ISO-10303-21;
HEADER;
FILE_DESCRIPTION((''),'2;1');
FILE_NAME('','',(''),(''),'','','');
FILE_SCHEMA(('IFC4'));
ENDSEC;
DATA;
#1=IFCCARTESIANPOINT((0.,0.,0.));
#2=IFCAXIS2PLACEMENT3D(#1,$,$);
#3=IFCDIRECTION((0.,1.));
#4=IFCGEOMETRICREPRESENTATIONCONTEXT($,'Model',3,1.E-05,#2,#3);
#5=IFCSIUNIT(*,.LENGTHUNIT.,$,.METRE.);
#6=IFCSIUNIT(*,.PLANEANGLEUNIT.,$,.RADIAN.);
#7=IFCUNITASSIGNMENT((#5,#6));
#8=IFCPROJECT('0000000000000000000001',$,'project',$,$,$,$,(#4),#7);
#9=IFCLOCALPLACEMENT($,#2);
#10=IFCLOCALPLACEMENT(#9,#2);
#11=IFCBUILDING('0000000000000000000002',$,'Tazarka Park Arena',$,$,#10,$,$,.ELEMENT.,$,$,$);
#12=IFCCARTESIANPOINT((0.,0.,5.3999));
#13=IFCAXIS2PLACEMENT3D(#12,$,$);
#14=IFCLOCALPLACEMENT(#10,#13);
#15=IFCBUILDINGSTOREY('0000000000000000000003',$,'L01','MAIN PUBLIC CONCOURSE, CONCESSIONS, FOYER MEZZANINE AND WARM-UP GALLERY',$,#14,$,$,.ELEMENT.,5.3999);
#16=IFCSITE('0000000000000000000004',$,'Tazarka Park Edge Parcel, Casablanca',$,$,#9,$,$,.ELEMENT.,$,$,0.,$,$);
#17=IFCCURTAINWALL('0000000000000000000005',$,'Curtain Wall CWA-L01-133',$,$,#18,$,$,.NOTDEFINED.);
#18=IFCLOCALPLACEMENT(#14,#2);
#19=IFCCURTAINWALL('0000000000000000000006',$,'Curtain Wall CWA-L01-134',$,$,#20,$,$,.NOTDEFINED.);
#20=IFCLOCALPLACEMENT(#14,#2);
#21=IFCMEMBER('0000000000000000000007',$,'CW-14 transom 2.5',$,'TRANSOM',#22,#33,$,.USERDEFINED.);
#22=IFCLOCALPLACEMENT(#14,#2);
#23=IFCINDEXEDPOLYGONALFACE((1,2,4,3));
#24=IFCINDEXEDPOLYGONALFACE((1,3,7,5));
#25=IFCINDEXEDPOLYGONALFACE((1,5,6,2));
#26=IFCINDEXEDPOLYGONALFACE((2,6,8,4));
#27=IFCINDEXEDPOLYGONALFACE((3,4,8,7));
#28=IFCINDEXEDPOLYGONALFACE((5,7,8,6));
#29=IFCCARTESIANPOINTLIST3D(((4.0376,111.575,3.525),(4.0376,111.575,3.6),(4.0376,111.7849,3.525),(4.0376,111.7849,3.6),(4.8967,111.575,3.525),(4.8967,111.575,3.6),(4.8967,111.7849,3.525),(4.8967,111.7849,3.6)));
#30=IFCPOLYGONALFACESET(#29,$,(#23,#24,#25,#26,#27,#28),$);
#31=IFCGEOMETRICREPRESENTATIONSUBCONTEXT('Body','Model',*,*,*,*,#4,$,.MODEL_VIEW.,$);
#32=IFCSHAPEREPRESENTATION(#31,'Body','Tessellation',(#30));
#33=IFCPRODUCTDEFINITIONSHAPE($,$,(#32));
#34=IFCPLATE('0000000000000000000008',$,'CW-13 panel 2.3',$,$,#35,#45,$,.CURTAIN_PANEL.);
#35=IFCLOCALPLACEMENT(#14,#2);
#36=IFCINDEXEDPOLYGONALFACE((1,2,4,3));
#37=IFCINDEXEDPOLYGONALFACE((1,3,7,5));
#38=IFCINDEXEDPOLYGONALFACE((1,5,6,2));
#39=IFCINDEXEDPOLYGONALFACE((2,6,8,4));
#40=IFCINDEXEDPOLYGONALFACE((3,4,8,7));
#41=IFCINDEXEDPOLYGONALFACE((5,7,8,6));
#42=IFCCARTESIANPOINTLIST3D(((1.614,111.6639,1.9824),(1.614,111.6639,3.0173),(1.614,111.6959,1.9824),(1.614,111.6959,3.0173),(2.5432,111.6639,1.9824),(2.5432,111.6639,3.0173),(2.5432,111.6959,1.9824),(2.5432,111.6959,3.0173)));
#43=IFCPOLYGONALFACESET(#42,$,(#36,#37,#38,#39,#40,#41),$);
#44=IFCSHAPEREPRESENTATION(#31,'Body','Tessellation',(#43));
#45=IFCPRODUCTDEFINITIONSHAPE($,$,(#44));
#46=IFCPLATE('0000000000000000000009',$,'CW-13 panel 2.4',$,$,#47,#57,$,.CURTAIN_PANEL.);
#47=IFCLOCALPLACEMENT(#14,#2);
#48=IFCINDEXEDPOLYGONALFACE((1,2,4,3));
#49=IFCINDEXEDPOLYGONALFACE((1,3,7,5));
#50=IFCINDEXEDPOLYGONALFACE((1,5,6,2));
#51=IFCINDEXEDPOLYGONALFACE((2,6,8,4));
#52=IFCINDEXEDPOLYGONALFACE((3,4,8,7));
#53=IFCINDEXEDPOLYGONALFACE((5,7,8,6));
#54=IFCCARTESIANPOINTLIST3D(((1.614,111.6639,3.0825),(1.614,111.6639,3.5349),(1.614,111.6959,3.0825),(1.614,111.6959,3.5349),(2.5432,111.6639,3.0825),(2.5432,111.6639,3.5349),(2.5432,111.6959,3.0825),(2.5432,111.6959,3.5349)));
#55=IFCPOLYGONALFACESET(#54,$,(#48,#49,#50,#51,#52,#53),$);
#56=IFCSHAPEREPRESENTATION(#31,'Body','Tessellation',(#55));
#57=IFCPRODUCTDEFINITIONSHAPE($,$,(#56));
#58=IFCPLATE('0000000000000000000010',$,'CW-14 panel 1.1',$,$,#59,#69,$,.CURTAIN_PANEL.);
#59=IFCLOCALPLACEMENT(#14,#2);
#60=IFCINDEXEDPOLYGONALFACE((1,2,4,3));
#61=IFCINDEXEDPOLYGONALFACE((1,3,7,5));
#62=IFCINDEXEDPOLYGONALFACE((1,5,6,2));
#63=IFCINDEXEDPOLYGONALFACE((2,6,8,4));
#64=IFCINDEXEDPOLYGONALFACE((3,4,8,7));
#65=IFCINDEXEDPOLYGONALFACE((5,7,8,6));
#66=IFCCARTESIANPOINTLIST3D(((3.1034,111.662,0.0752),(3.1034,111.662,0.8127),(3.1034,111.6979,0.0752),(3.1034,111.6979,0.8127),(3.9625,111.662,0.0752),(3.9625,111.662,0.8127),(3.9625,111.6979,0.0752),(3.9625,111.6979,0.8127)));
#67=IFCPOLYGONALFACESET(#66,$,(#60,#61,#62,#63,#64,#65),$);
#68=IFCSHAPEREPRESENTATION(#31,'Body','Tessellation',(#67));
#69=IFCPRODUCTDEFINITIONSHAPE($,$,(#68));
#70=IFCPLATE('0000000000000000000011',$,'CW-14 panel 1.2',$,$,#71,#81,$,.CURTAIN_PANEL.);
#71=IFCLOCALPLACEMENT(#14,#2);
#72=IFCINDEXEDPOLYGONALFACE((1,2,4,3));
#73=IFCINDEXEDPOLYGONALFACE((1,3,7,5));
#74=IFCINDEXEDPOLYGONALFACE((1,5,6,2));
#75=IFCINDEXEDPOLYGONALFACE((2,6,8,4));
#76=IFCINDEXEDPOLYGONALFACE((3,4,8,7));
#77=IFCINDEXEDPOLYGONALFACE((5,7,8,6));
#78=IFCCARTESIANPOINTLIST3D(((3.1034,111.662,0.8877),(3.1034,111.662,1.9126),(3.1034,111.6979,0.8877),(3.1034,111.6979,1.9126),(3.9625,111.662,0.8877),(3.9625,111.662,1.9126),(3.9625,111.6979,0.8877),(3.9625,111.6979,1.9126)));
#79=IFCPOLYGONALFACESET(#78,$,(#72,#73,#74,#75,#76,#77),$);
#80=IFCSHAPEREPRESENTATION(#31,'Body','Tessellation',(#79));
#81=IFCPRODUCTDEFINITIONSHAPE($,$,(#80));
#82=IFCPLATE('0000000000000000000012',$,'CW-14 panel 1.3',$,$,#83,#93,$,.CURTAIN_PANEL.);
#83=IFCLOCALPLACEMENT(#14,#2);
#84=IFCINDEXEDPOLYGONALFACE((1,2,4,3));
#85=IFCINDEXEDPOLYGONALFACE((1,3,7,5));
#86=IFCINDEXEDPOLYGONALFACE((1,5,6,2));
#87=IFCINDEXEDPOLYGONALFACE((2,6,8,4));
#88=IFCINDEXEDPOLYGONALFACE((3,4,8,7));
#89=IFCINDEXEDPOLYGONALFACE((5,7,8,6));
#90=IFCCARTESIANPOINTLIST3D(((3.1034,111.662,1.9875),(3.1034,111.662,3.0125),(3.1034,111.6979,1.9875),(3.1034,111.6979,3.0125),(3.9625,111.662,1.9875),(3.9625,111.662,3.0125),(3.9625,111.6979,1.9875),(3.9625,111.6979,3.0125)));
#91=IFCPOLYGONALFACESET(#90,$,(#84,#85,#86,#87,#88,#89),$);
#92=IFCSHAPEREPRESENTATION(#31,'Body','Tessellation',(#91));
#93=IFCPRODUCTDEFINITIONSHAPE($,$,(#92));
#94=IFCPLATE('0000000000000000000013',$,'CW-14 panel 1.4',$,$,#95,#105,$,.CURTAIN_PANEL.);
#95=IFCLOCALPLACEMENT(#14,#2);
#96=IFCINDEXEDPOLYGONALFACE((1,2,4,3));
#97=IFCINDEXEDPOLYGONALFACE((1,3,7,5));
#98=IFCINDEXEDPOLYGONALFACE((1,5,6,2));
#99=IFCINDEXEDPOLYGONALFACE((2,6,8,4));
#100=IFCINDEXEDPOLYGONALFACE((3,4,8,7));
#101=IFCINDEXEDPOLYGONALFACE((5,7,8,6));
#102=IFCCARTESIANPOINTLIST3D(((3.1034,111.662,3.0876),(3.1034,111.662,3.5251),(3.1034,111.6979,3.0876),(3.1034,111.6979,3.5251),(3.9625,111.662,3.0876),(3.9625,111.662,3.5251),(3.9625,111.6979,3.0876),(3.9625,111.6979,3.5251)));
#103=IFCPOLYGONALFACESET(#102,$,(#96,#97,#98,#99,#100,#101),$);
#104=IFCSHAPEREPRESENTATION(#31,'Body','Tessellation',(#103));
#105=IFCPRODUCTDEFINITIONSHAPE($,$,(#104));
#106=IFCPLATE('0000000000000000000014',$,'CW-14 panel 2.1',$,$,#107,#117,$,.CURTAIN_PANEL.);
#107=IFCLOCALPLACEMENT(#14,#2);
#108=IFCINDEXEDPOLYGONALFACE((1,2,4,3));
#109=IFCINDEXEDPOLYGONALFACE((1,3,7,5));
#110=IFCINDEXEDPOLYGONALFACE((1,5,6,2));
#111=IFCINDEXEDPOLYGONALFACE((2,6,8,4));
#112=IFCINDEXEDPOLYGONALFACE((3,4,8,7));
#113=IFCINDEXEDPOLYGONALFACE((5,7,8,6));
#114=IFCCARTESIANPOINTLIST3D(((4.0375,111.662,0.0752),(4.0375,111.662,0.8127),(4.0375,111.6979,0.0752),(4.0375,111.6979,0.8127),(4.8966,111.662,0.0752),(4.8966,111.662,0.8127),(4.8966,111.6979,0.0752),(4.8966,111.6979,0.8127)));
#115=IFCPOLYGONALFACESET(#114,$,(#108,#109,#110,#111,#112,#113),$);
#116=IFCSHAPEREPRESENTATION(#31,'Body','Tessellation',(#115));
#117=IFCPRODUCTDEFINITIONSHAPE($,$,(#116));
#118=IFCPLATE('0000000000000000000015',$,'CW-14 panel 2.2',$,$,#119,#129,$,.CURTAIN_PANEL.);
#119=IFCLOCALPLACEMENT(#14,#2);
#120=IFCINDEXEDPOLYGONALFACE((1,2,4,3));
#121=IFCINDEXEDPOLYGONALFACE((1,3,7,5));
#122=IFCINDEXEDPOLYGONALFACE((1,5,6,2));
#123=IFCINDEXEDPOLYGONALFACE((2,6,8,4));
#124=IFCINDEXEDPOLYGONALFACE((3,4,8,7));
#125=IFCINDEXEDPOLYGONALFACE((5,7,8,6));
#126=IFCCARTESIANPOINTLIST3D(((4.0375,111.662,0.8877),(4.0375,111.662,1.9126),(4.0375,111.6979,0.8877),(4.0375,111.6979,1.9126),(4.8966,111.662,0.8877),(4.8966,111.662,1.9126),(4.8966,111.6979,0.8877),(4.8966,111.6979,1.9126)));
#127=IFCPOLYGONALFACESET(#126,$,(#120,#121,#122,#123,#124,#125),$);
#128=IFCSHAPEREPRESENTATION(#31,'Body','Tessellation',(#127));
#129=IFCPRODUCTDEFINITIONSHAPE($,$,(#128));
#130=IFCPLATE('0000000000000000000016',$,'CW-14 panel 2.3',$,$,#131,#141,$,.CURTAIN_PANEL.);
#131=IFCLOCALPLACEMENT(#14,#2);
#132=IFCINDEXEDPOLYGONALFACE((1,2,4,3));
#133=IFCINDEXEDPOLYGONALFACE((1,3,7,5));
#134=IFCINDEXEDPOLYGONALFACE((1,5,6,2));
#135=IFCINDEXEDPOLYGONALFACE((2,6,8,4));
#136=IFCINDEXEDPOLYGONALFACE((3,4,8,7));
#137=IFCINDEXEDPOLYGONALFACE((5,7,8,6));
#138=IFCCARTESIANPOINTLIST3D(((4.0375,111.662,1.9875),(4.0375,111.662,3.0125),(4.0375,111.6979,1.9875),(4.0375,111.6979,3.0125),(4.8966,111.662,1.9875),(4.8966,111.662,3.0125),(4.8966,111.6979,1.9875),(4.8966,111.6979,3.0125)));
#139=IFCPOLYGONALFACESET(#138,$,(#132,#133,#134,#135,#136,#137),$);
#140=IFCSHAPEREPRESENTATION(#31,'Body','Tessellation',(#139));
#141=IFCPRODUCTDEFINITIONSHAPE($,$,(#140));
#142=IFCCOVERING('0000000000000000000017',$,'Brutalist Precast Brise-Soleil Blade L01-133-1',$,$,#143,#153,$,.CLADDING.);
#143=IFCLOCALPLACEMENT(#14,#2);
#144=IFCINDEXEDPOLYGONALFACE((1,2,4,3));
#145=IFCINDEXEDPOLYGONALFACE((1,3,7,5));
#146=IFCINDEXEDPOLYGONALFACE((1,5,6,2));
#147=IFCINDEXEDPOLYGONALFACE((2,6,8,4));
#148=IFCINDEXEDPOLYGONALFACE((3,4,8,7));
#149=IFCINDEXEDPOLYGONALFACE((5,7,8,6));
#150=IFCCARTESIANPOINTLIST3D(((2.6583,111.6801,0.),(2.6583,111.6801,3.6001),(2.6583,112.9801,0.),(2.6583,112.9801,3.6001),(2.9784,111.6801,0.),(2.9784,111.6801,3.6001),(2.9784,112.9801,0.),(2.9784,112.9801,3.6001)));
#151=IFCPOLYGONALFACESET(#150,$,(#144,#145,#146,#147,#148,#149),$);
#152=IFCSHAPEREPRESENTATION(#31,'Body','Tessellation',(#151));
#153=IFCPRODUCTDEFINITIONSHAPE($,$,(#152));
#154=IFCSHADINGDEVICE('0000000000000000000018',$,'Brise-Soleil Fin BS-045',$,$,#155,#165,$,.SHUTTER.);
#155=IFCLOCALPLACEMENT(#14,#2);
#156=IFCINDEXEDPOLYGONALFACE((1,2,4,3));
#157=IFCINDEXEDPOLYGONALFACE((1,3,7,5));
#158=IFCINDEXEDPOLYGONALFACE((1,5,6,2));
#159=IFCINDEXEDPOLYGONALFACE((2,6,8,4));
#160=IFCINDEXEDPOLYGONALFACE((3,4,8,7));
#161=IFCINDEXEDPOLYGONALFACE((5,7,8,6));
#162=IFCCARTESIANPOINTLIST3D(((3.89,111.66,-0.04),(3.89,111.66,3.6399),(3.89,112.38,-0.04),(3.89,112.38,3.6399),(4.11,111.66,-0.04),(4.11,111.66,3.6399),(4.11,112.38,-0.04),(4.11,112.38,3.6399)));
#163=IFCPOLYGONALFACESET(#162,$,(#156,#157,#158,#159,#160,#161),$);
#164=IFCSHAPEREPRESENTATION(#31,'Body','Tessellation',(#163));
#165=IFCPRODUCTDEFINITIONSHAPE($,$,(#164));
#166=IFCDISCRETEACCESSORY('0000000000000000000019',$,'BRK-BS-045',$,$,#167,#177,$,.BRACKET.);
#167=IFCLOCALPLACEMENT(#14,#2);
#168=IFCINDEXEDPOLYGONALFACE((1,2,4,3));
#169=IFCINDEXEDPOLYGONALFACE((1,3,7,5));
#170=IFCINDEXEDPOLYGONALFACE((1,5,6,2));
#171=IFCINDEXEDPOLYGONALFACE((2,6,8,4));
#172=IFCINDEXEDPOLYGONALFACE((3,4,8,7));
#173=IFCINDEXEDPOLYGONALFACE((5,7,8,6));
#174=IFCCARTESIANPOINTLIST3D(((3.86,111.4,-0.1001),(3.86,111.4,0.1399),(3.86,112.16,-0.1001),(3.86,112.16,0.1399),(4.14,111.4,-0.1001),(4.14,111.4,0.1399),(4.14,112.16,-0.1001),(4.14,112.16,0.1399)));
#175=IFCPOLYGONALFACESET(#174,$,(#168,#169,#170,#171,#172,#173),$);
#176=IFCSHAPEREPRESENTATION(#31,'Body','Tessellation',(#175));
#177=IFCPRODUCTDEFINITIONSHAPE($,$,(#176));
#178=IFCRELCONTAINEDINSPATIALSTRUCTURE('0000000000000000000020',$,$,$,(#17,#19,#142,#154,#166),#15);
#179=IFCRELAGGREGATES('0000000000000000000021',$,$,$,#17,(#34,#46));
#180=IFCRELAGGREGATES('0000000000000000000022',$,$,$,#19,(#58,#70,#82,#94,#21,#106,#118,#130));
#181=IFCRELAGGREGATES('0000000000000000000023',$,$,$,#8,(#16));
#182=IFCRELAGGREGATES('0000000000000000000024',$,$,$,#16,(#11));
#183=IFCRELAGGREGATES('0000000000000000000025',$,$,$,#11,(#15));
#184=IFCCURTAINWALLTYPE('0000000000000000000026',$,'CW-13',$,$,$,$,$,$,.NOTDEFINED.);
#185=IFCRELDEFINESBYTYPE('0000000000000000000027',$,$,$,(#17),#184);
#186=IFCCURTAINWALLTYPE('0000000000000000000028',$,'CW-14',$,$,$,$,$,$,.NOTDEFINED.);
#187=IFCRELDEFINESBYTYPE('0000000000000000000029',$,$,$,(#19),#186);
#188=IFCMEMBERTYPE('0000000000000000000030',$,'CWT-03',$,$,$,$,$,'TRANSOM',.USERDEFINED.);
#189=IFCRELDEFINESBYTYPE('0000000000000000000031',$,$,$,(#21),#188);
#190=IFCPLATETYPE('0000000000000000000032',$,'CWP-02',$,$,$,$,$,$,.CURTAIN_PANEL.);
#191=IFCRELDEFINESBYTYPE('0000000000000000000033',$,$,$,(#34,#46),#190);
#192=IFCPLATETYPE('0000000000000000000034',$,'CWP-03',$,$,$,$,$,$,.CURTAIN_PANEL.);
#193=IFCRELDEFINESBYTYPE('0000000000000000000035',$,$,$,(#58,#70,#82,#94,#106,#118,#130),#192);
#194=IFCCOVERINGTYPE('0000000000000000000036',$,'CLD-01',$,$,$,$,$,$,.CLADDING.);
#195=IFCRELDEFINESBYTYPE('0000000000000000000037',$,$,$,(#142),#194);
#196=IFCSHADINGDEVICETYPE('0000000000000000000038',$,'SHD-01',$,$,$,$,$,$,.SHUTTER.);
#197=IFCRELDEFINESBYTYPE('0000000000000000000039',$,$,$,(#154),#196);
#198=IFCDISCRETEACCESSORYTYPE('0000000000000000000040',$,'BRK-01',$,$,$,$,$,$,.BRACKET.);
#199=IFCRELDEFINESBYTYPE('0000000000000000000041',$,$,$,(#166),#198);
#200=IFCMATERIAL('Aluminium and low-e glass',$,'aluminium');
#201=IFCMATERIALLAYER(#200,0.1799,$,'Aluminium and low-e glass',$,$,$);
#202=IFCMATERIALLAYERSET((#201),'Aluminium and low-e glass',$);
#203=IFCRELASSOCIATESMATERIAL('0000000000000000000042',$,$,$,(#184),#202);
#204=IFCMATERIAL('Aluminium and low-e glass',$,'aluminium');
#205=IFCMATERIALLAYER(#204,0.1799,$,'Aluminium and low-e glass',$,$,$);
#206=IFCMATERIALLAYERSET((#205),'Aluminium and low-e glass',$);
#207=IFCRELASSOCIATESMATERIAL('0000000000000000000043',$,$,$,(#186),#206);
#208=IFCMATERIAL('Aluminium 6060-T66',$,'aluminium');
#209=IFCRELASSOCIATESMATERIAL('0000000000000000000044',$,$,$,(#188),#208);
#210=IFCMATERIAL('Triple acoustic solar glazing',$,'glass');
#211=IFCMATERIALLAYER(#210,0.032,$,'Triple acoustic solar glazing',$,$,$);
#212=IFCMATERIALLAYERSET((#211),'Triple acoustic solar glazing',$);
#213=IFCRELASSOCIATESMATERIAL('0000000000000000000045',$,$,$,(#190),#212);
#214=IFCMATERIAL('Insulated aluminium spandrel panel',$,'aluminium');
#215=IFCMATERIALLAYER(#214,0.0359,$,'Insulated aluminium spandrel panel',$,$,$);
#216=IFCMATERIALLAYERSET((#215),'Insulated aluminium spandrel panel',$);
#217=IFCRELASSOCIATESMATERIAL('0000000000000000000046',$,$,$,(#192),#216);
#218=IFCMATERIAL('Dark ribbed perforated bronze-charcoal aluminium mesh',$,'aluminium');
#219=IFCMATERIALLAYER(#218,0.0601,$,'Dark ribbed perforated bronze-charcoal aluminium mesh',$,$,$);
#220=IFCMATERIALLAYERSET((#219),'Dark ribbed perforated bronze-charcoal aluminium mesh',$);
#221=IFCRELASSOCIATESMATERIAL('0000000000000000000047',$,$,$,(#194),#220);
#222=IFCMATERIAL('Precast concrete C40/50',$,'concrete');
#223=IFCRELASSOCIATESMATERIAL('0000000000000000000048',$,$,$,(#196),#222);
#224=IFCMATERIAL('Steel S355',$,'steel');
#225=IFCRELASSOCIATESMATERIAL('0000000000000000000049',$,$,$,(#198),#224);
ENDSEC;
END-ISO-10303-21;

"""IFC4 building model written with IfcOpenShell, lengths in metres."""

from ifc_helpers import new_model, si_unit, direction, frame, origin, origin_2d, place, context, subcontext, project, spatial, rectangle, extrude, material, layer, layer_set, material_profile, profile_set, type_object, element, aggregate, save


model = new_model("IFC4")

# Units and contexts
model_context = context("Model", 3, precision=1e-05, world=origin(), true_north=direction((0.0, 1.0)))
body_context = subcontext(model_context, "Body", "Model", "MODEL_VIEW")
ifc_project = project(units=[si_unit("LENGTHUNIT", "METRE"), si_unit("PLANEANGLEUNIT", "RADIAN")], contexts=[model_context])

# Site, building, storey
site_placement = place(None, origin())
site = spatial("IfcSite", under=ifc_project, at=site_placement, Name="Tazarka Park Edge Parcel, Casablanca", CompositionType="ELEMENT", RefElevation=0.0)
building_placement = place(site_placement, origin())
building = spatial("IfcBuilding", under=site, at=building_placement, Name="Tazarka Park Arena", CompositionType="ELEMENT")
storey_placement = place(building_placement, frame((0.0, 0.0, 5.3999)))
storey = spatial("IfcBuildingStorey", under=building, at=storey_placement, Name="L01", Description="MAIN PUBLIC CONCOURSE, CONCESSIONS, FOYER MEZZANINE AND WARM-UP GALLERY", CompositionType="ELEMENT", Elevation=5.3999)

# Curtain wall
ifc_material_1 = material(Name="Aluminium and low-e glass", Category="aluminium")
ifc_layer_1 = layer(ifc_material_1, 0.1799, Name="Aluminium and low-e glass")
ifc_layer_set_1 = layer_set([ifc_layer_1], Name="Aluminium and low-e glass")
curtain_wall_type_1 = type_object("IfcCurtainWallType", Name="CW-13", PredefinedType="NOTDEFINED", material=ifc_layer_set_1)
curtain_wall_1_placement = place(storey_placement, origin())
curtain_wall_1 = element("IfcCurtainWall", 1, at=curtain_wall_1_placement, inside=storey, type_object=curtain_wall_type_1, Name="Curtain Wall CWA-L01-133", PredefinedType="NOTDEFINED")

# Curtain wall, member
ifc_material_2 = material(Name="Aluminium and low-e glass", Category="aluminium")
ifc_layer_2 = layer(ifc_material_2, 0.1799, Name="Aluminium and low-e glass")
ifc_layer_set_2 = layer_set([ifc_layer_2], Name="Aluminium and low-e glass")
curtain_wall_type_2 = type_object("IfcCurtainWallType", Name="CW-14", PredefinedType="NOTDEFINED", material=ifc_layer_set_2)
curtain_wall_2_placement = place(storey_placement, origin())
curtain_wall_2 = element("IfcCurtainWall", 2, at=curtain_wall_2_placement, inside=storey, type_object=curtain_wall_type_2, Name="Curtain Wall CWA-L01-134", PredefinedType="NOTDEFINED")
ifc_material_3 = material(Name="Aluminium 6060-T66", Category="aluminium")
ifc_material_profile_1 = material_profile(ifc_material_3, rectangle(XDim=0.21, YDim=0.075, at=origin_2d()), Name="Aluminium 6060-T66")
ifc_profile_set_1 = profile_set([ifc_material_profile_1], Name="Aluminium 6060-T66")
member_type_1 = type_object("IfcMemberType", Name="CWT-03", ElementType="TRANSOM", PredefinedType="USERDEFINED", material=ifc_profile_set_1)
member_1_placement = place(storey_placement, frame((4.0376, 111.6799, 3.5625), z_axis=(1.0, 0.0, 0.0), x_axis=(0.0, 1.0, 0.0)))
member_1 = element("IfcMember", 3, at=member_1_placement, type_object=member_type_1, Name="CW-14 transom 2.5", ObjectType="TRANSOM", PredefinedType="USERDEFINED", context=body_context, shape_type="SweptSolid", body=[
    extrude(rectangle(XDim=0.21, YDim=0.075, at=origin_2d()), origin(), (0.0, 0.0, 1.0), 0.8591),
])

# Plates
ifc_material_4 = material(Name="Triple acoustic solar glazing", Category="glass")
ifc_layer_3 = layer(ifc_material_4, 0.032, Name="Triple acoustic solar glazing")
ifc_layer_set_3 = layer_set([ifc_layer_3], Name="Triple acoustic solar glazing")
plate_type_1 = type_object("IfcPlateType", Name="CWP-02", PredefinedType="CURTAIN_PANEL", material=ifc_layer_set_3)
plate_1_placement = place(storey_placement, frame((2.0786, 111.6799, 1.9824), z_axis=(0.0, 0.0, 1.0), x_axis=(1.0, 0.0, 0.0)))
plate_1 = element("IfcPlate", 4, at=plate_1_placement, type_object=plate_type_1, Name="CW-13 panel 2.3", PredefinedType="CURTAIN_PANEL", context=body_context, shape_type="SweptSolid", body=[
    extrude(rectangle(XDim=0.9292, YDim=0.032, at=origin_2d()), origin(), (0.0, 0.0, 1.0), 1.0349),
])
plate_2_placement = place(storey_placement, frame((2.0786, 111.6799, 3.0825), z_axis=(0.0, 0.0, 1.0), x_axis=(1.0, 0.0, 0.0)))
plate_2 = element("IfcPlate", 5, at=plate_2_placement, type_object=plate_type_1, Name="CW-13 panel 2.4", PredefinedType="CURTAIN_PANEL", context=body_context, shape_type="SweptSolid", body=[
    extrude(rectangle(XDim=0.9292, YDim=0.032, at=origin_2d()), origin(), (0.0, 0.0, 1.0), 0.4524),
])
aggregate(curtain_wall_1, [plate_1, plate_2])
ifc_material_5 = material(Name="Insulated aluminium spandrel panel", Category="aluminium")
ifc_layer_4 = layer(ifc_material_5, 0.0359, Name="Insulated aluminium spandrel panel")
ifc_layer_set_4 = layer_set([ifc_layer_4], Name="Insulated aluminium spandrel panel")
plate_type_2 = type_object("IfcPlateType", Name="CWP-03", PredefinedType="CURTAIN_PANEL", material=ifc_layer_set_4)
plate_3_placement = place(storey_placement, frame((3.533, 111.6799, 0.0752), z_axis=(0.0, 0.0, 1.0), x_axis=(1.0, 0.0, 0.0)))
plate_3 = element("IfcPlate", 6, at=plate_3_placement, type_object=plate_type_2, Name="CW-14 panel 1.1", PredefinedType="CURTAIN_PANEL", context=body_context, shape_type="SweptSolid", body=[
    extrude(rectangle(XDim=0.8591, YDim=0.0359, at=origin_2d()), origin(), (0.0, 0.0, 1.0), 0.7375),
])
plate_4_placement = place(storey_placement, frame((3.533, 111.6799, 0.8877), z_axis=(0.0, 0.0, 1.0), x_axis=(1.0, 0.0, 0.0)))
plate_4 = element("IfcPlate", 7, at=plate_4_placement, type_object=plate_type_2, Name="CW-14 panel 1.2", PredefinedType="CURTAIN_PANEL", context=body_context, shape_type="SweptSolid", body=[
    extrude(rectangle(XDim=0.8591, YDim=0.0359, at=origin_2d()), origin(), (0.0, 0.0, 1.0), 1.0249),
])
plate_5_placement = place(storey_placement, frame((3.533, 111.6799, 1.9875), z_axis=(0.0, 0.0, 1.0), x_axis=(1.0, 0.0, 0.0)))
plate_5 = element("IfcPlate", 8, at=plate_5_placement, type_object=plate_type_2, Name="CW-14 panel 1.3", PredefinedType="CURTAIN_PANEL", context=body_context, shape_type="SweptSolid", body=[
    extrude(rectangle(XDim=0.8591, YDim=0.0359, at=origin_2d()), origin(), (0.0, 0.0, 1.0), 1.0249),
])
plate_6_placement = place(storey_placement, frame((3.533, 111.6799, 3.0876), z_axis=(0.0, 0.0, 1.0), x_axis=(1.0, 0.0, 0.0)))
plate_6 = element("IfcPlate", 9, at=plate_6_placement, type_object=plate_type_2, Name="CW-14 panel 1.4", PredefinedType="CURTAIN_PANEL", context=body_context, shape_type="SweptSolid", body=[
    extrude(rectangle(XDim=0.8591, YDim=0.0359, at=origin_2d()), origin(), (0.0, 0.0, 1.0), 0.4375),
])
plate_7_placement = place(storey_placement, frame((4.467, 111.6799, 0.0752), z_axis=(0.0, 0.0, 1.0), x_axis=(1.0, 0.0, 0.0)))
plate_7 = element("IfcPlate", 10, at=plate_7_placement, type_object=plate_type_2, Name="CW-14 panel 2.1", PredefinedType="CURTAIN_PANEL", context=body_context, shape_type="SweptSolid", body=[
    extrude(rectangle(XDim=0.8591, YDim=0.0359, at=origin_2d()), origin(), (0.0, 0.0, 1.0), 0.7375),
])
plate_8_placement = place(storey_placement, frame((4.467, 111.6799, 0.8877), z_axis=(0.0, 0.0, 1.0), x_axis=(1.0, 0.0, 0.0)))
plate_8 = element("IfcPlate", 11, at=plate_8_placement, type_object=plate_type_2, Name="CW-14 panel 2.2", PredefinedType="CURTAIN_PANEL", context=body_context, shape_type="SweptSolid", body=[
    extrude(rectangle(XDim=0.8591, YDim=0.0359, at=origin_2d()), origin(), (0.0, 0.0, 1.0), 1.0249),
])
plate_9_placement = place(storey_placement, frame((4.467, 111.6799, 1.9875), z_axis=(0.0, 0.0, 1.0), x_axis=(1.0, 0.0, 0.0)))
plate_9 = element("IfcPlate", 12, at=plate_9_placement, type_object=plate_type_2, Name="CW-14 panel 2.3", PredefinedType="CURTAIN_PANEL", context=body_context, shape_type="SweptSolid", body=[
    extrude(rectangle(XDim=0.8591, YDim=0.0359, at=origin_2d()), origin(), (0.0, 0.0, 1.0), 1.0249),
])
aggregate(curtain_wall_2, [plate_3, plate_4, plate_5, plate_6, member_1, plate_7, plate_8, plate_9])

# Covering
ifc_material_6 = material(Name="Dark ribbed perforated bronze-charcoal aluminium mesh", Category="aluminium")
ifc_layer_5 = layer(ifc_material_6, 0.0601, Name="Dark ribbed perforated bronze-charcoal aluminium mesh")
ifc_layer_set_5 = layer_set([ifc_layer_5], Name="Dark ribbed perforated bronze-charcoal aluminium mesh")
covering_type = type_object("IfcCoveringType", Name="CLD-01", PredefinedType="CLADDING", material=ifc_layer_set_5)
covering_placement = place(storey_placement, frame((2.8184, 112.3301, 0.0), z_axis=(0.0, 0.0, 1.0), x_axis=(1.0, 0.0, 0.0)))
element("IfcCovering", 13, at=covering_placement, inside=storey, type_object=covering_type, Name="Brutalist Precast Brise-Soleil Blade L01-133-1", PredefinedType="CLADDING", context=body_context, shape_type="SweptSolid", body=[
    extrude(rectangle(XDim=0.3201, YDim=1.3, at=origin_2d()), origin(), (0.0, 0.0, 1.0), 3.6001),
])

# Shading device
ifc_material_7 = material(Name="Precast concrete C40/50", Category="concrete")
shading_device_type = type_object("IfcShadingDeviceType", Name="SHD-01", PredefinedType="SHUTTER", material=ifc_material_7)
shading_device_placement = place(storey_placement, frame((4.0, 112.02, -0.04), z_axis=(0.0, 0.0, 1.0), x_axis=(1.0, 0.0, 0.0)))
element("IfcShadingDevice", 14, at=shading_device_placement, inside=storey, type_object=shading_device_type, Name="Brise-Soleil Fin BS-045", PredefinedType="SHUTTER", context=body_context, shape_type="SweptSolid", body=[
    extrude(rectangle(XDim=0.22, YDim=0.72, at=origin_2d()), origin(), (0.0, 0.0, 1.0), 3.6799),
])

# Discrete accessory
ifc_material_8 = material(Name="Steel S355", Category="steel")
discrete_accessory_type = type_object("IfcDiscreteAccessoryType", Name="BRK-01", PredefinedType="BRACKET", material=ifc_material_8)
discrete_accessory_placement = place(storey_placement, frame((4.0, 111.78, -0.1001), z_axis=(0.0, 0.0, 1.0), x_axis=(1.0, 0.0, 0.0)))
element("IfcDiscreteAccessory", 15, at=discrete_accessory_placement, inside=storey, type_object=discrete_accessory_type, Name="BRK-BS-045", PredefinedType="BRACKET", context=body_context, shape_type="SweptSolid", body=[
    extrude(rectangle(XDim=0.28, YDim=0.76, at=origin_2d()), origin(), (0.0, 0.0, 1.0), 0.24),
])

save(model, "model.ifc")
